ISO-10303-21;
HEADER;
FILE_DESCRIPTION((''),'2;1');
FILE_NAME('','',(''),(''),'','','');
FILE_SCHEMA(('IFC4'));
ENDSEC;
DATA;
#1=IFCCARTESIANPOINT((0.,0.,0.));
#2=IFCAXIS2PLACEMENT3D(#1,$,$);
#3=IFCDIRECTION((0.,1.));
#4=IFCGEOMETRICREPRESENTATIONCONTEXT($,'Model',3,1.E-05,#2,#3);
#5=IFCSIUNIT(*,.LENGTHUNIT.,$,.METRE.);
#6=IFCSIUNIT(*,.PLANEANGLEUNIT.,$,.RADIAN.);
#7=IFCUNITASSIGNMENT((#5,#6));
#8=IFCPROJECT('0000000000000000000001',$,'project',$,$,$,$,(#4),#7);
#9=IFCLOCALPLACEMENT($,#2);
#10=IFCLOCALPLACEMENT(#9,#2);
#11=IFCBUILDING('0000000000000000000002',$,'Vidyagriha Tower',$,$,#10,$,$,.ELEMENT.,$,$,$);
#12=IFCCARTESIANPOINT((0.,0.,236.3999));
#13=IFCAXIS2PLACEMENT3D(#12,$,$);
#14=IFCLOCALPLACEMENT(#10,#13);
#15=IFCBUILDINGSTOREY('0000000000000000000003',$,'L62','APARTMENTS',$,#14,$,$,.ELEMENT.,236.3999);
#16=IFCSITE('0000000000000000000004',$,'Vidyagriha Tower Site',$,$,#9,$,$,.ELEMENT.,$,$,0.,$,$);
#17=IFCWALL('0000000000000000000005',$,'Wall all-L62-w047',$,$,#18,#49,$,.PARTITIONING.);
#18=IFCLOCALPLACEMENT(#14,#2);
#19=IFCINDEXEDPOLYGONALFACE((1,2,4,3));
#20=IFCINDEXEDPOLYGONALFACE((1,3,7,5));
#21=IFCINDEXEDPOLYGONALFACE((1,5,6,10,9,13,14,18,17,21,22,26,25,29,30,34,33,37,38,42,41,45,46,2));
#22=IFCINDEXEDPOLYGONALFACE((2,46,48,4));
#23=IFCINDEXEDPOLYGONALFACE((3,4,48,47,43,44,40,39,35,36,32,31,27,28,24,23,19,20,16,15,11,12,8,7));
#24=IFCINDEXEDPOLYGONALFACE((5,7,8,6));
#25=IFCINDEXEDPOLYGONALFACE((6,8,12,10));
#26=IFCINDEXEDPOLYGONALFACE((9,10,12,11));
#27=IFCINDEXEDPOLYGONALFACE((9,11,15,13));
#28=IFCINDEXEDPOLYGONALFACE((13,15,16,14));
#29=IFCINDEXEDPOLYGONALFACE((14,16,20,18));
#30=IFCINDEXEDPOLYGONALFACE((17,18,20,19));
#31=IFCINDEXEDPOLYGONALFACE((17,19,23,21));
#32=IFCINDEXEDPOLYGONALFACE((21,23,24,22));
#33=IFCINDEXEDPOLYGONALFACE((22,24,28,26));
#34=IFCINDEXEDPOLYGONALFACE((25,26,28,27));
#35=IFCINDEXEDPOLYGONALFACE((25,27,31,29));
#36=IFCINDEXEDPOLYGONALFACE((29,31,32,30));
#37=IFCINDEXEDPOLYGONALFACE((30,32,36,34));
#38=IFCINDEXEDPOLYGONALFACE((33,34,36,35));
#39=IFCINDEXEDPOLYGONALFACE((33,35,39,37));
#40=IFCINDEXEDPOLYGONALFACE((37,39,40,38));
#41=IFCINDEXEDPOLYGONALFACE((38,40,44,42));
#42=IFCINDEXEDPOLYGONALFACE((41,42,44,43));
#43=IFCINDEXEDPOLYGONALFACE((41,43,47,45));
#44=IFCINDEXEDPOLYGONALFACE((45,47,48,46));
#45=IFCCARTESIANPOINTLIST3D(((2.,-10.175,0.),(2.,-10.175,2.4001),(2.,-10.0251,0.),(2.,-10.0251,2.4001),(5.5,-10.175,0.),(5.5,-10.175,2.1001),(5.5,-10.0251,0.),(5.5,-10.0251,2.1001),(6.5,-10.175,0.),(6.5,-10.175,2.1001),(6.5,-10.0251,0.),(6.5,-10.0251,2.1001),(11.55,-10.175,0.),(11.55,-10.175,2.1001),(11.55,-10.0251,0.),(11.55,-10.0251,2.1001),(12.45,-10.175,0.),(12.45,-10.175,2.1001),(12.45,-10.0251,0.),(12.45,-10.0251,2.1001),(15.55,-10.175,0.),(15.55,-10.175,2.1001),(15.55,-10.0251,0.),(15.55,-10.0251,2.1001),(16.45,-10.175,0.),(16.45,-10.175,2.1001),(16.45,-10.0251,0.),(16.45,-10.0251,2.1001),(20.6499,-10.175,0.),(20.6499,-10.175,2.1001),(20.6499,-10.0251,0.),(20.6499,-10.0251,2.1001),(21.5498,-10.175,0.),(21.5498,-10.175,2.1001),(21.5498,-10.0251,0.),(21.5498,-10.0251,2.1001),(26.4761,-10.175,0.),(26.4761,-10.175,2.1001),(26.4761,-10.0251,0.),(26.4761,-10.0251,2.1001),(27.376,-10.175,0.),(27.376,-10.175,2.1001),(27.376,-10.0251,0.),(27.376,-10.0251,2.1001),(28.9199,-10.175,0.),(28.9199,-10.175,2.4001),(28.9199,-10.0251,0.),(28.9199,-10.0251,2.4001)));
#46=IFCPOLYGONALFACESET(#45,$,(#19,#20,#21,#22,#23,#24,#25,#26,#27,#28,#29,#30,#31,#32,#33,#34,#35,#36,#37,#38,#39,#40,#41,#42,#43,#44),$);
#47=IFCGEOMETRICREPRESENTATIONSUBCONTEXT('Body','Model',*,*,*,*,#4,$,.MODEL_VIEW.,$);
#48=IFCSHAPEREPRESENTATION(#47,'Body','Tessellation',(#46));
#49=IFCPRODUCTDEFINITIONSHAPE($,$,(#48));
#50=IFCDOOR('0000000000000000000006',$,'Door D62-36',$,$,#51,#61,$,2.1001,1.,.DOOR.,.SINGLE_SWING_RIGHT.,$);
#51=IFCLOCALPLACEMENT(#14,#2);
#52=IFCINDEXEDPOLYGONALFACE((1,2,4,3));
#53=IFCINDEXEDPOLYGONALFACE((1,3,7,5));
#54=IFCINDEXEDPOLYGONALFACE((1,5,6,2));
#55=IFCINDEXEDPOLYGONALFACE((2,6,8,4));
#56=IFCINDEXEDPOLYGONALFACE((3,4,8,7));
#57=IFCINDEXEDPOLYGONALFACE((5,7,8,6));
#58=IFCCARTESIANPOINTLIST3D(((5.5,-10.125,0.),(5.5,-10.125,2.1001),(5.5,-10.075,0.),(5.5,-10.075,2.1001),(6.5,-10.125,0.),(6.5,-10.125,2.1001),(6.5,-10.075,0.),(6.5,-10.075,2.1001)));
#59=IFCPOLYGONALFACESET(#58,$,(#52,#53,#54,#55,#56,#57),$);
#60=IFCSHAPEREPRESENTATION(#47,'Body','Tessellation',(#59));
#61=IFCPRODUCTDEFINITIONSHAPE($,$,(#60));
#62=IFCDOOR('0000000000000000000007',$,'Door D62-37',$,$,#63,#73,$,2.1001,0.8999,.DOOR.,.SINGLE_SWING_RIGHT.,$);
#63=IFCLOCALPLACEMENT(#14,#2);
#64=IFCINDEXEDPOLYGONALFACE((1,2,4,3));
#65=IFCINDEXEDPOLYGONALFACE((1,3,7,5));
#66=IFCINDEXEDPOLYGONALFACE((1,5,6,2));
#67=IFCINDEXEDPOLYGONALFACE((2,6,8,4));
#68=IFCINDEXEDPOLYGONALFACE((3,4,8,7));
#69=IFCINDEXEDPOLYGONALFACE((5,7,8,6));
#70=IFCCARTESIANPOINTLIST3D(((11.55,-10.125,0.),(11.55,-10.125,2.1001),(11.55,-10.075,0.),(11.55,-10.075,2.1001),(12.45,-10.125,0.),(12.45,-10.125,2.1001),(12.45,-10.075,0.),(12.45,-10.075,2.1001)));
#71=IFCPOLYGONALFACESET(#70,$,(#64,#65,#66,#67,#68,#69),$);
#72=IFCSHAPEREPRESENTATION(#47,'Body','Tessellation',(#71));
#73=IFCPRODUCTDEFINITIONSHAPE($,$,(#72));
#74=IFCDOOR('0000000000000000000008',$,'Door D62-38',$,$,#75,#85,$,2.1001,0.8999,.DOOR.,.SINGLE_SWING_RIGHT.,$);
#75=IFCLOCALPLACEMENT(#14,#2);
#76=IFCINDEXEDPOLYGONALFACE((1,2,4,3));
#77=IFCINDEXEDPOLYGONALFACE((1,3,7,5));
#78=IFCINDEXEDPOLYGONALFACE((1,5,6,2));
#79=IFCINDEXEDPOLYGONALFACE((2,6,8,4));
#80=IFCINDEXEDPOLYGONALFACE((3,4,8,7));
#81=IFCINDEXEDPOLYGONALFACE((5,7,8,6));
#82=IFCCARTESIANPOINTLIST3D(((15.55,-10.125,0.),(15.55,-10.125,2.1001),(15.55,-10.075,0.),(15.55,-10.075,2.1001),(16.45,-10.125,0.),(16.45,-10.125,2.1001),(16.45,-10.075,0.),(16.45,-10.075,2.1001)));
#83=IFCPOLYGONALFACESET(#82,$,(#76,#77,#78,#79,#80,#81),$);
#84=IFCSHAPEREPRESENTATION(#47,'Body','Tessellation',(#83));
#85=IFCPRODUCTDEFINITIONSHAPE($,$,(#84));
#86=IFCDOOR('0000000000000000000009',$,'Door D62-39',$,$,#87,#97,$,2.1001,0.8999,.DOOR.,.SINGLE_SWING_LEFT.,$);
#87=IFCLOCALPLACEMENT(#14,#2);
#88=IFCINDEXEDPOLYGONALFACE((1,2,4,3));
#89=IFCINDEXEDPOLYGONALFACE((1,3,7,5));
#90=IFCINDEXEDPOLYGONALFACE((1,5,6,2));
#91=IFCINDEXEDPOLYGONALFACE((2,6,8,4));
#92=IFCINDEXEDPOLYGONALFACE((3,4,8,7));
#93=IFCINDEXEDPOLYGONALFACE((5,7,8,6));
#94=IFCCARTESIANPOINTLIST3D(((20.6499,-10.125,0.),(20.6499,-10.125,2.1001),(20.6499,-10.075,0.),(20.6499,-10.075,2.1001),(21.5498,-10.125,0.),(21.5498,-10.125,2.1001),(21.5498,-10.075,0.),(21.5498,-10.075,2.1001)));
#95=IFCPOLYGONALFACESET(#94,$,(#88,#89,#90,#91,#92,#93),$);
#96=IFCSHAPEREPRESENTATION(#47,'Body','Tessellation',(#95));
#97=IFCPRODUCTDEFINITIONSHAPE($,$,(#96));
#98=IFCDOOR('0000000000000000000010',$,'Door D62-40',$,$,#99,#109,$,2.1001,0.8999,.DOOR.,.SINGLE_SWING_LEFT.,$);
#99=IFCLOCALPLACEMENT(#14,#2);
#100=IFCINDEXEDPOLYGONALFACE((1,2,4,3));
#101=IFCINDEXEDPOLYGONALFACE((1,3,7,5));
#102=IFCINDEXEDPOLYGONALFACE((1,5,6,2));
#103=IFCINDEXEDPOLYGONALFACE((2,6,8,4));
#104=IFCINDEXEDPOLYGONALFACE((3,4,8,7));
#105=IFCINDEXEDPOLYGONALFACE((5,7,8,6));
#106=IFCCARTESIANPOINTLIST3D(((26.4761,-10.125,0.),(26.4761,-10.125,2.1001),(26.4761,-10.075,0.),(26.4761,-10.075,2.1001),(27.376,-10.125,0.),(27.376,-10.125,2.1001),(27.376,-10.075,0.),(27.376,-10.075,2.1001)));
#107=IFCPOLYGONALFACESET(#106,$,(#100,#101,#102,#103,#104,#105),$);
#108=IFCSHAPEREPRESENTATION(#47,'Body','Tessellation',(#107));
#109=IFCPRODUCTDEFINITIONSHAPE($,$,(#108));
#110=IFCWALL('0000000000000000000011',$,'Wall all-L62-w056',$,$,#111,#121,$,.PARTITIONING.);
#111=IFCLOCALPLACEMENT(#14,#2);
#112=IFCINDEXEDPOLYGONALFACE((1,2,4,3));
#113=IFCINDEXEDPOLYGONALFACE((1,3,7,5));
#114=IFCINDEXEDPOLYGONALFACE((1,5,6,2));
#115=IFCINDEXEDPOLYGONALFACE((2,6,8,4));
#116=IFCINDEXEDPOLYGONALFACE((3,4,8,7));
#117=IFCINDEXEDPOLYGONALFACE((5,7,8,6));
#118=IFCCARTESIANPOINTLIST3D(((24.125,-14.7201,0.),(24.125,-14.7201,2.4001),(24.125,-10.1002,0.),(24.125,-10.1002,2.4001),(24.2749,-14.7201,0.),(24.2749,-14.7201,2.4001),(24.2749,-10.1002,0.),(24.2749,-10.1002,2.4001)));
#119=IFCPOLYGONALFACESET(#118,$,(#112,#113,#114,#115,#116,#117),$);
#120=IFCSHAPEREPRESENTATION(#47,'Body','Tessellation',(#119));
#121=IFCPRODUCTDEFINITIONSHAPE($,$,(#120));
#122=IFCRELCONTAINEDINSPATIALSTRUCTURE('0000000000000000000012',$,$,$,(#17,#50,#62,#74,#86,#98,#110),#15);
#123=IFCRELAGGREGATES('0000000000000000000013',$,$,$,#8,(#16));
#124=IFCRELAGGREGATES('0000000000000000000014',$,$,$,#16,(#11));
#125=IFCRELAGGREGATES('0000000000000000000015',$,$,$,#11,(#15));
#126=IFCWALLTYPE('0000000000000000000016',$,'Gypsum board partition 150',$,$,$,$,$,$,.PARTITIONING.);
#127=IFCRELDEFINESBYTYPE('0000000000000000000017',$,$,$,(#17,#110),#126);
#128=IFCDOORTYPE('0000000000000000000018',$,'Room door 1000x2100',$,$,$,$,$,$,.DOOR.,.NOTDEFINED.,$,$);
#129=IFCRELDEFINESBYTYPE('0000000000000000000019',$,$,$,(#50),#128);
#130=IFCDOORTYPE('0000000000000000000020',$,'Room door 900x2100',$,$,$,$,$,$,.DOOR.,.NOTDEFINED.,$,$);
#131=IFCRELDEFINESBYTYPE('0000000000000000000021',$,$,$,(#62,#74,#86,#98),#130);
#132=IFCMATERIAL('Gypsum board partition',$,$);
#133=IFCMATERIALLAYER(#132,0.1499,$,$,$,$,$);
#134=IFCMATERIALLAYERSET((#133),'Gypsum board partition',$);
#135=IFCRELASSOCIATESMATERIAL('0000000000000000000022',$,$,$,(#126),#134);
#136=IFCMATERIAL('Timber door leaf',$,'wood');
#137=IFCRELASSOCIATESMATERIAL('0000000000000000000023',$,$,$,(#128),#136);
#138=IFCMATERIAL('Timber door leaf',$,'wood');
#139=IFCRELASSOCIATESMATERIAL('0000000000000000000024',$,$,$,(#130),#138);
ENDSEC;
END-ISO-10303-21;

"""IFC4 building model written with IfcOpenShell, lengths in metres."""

from ifc_helpers import new_model, si_unit, direction, frame, frame_2d, origin, place, context, subcontext, project, spatial, rectangle, extrude, material, layer, layer_set, type_object, element, fill, save


model = new_model("IFC4")

# Units and contexts
model_context = context("Model", 3, precision=1e-05, world=origin(), true_north=direction((0.0, 1.0)))
body_context = subcontext(model_context, "Body", "Model", "MODEL_VIEW")
ifc_project = project(units=[si_unit("LENGTHUNIT", "METRE"), si_unit("PLANEANGLEUNIT", "RADIAN")], contexts=[model_context])

# Site, building, storey
site_placement = place(None, origin())
site = spatial("IfcSite", under=ifc_project, at=site_placement, Name="Vidyagriha Tower Site", CompositionType="ELEMENT", RefElevation=0.0)
building_placement = place(site_placement, origin())
building = spatial("IfcBuilding", under=site, at=building_placement, Name="Vidyagriha Tower", CompositionType="ELEMENT")
storey_placement = place(building_placement, frame((0.0, 0.0, 236.3999)))
storey = spatial("IfcBuildingStorey", under=building, at=storey_placement, Name="L62", Description="APARTMENTS", CompositionType="ELEMENT", Elevation=236.3999)

# Wall, openings, doors
ifc_material_1 = material(Name="Gypsum board partition")
ifc_layer_1 = layer(ifc_material_1, 0.1499)
ifc_layer_set_1 = layer_set([ifc_layer_1], Name="Gypsum board partition")
wall_type_1 = type_object("IfcWallType", Name="Gypsum board partition 150", PredefinedType="PARTITIONING", material=ifc_layer_set_1)
wall_1_placement = place(storey_placement, frame((28.9199, -10.1001, 0.0), z_axis=(0.0, 0.0, 1.0), x_axis=(-1.0, 0.0, 0.0)))
wall_1 = element("IfcWall", 1, at=wall_1_placement, inside=storey, type_object=wall_type_1, Name="Wall all-L62-w047", PredefinedType="PARTITIONING", context=body_context, shape_type="SweptSolid", body=[
    extrude(rectangle(XDim=26.9199, YDim=0.1499, at=frame_2d((13.46, 0.0))), origin(), (0.0, 0.0, 1.0), 2.4001),
])
opening_1_placement = place(wall_1_placement, frame((22.4199, 0.0, 0.0)))
opening_1 = element("IfcOpeningElement", 2, at=opening_1_placement, cuts=wall_1, PredefinedType="OPENING", context=body_context, shape_type="SweptSolid", body=[
    extrude(rectangle(XDim=1.0, YDim=2.1001, at=frame_2d((0.5, 1.05))), frame((0.0, 0.085, 0.0), z_axis=(0.0, -1.0, 0.0), x_axis=(1.0, 0.0, 0.0)), (0.0, 0.0, 1.0), 0.1699),
])
opening_2_placement = place(wall_1_placement, frame((16.47, 0.0, 0.0)))
opening_2 = element("IfcOpeningElement", 3, at=opening_2_placement, cuts=wall_1, PredefinedType="OPENING", context=body_context, shape_type="SweptSolid", body=[
    extrude(rectangle(XDim=0.8999, YDim=2.1001, at=frame_2d((0.45, 1.05))), frame((0.0, 0.085, 0.0), z_axis=(0.0, -1.0, 0.0), x_axis=(1.0, 0.0, 0.0)), (0.0, 0.0, 1.0), 0.1699),
])
opening_3_placement = place(wall_1_placement, frame((12.47, 0.0, 0.0)))
opening_3 = element("IfcOpeningElement", 4, at=opening_3_placement, cuts=wall_1, PredefinedType="OPENING", context=body_context, shape_type="SweptSolid", body=[
    extrude(rectangle(XDim=0.8999, YDim=2.1001, at=frame_2d((0.45, 1.05))), frame((0.0, 0.085, 0.0), z_axis=(0.0, -1.0, 0.0), x_axis=(1.0, 0.0, 0.0)), (0.0, 0.0, 1.0), 0.1699),
])
opening_4_placement = place(wall_1_placement, frame((7.3701, 0.0, 0.0)))
opening_4 = element("IfcOpeningElement", 5, at=opening_4_placement, cuts=wall_1, PredefinedType="OPENING", context=body_context, shape_type="SweptSolid", body=[
    extrude(rectangle(XDim=0.8999, YDim=2.1001, at=frame_2d((0.45, 1.05))), frame((0.0, 0.085, 0.0), z_axis=(0.0, -1.0, 0.0), x_axis=(1.0, 0.0, 0.0)), (0.0, 0.0, 1.0), 0.1699),
])
opening_5_placement = place(wall_1_placement, frame((1.5439, 0.0, 0.0)))
opening_5 = element("IfcOpeningElement", 6, at=opening_5_placement, cuts=wall_1, PredefinedType="OPENING", context=body_context, shape_type="SweptSolid", body=[
    extrude(rectangle(XDim=0.8999, YDim=2.1001, at=frame_2d((0.45, 1.05))), frame((0.0, 0.085, 0.0), z_axis=(0.0, -1.0, 0.0), x_axis=(1.0, 0.0, 0.0)), (0.0, 0.0, 1.0), 0.1699),
])
ifc_material_2 = material(Name="Timber door leaf", Category="wood")
door_type_1 = type_object("IfcDoorType", Name="Room door 1000x2100", OperationType="NOTDEFINED", PredefinedType="DOOR", material=ifc_material_2)
door_1_placement = place(opening_1_placement, origin())
door_1 = element("IfcDoor", 7, at=door_1_placement, inside=storey, type_object=door_type_1, Name="Door D62-36", OperationType="SINGLE_SWING_RIGHT", OverallHeight=2.1001, OverallWidth=1.0, PredefinedType="DOOR", context=body_context, shape_type="SweptSolid", body=[
    extrude(rectangle(XDim=1.0, YDim=2.1001, at=frame_2d((0.5, 1.05))), frame((0.0, 0.0249, 0.0), z_axis=(0.0, -1.0, 0.0), x_axis=(1.0, 0.0, 0.0)), (0.0, 0.0, 1.0), 0.05),
])
fill(opening_1, door_1)
ifc_material_3 = material(Name="Timber door leaf", Category="wood")
door_type_2 = type_object("IfcDoorType", Name="Room door 900x2100", OperationType="NOTDEFINED", PredefinedType="DOOR", material=ifc_material_3)
door_2_placement = place(opening_2_placement, origin())
door_2 = element("IfcDoor", 8, at=door_2_placement, inside=storey, type_object=door_type_2, Name="Door D62-37", OperationType="SINGLE_SWING_RIGHT", OverallHeight=2.1001, OverallWidth=0.8999, PredefinedType="DOOR", context=body_context, shape_type="SweptSolid", body=[
    extrude(rectangle(XDim=0.8999, YDim=2.1001, at=frame_2d((0.45, 1.05))), frame((0.0, 0.0249, 0.0), z_axis=(0.0, -1.0, 0.0), x_axis=(1.0, 0.0, 0.0)), (0.0, 0.0, 1.0), 0.05),
])
fill(opening_2, door_2)
door_3_placement = place(opening_3_placement, origin())
door_3 = element("IfcDoor", 9, at=door_3_placement, inside=storey, type_object=door_type_2, Name="Door D62-38", OperationType="SINGLE_SWING_RIGHT", OverallHeight=2.1001, OverallWidth=0.8999, PredefinedType="DOOR", context=body_context, shape_type="SweptSolid", body=[
    extrude(rectangle(XDim=0.8999, YDim=2.1001, at=frame_2d((0.45, 1.05))), frame((0.0, 0.0249, 0.0), z_axis=(0.0, -1.0, 0.0), x_axis=(1.0, 0.0, 0.0)), (0.0, 0.0, 1.0), 0.05),
])
fill(opening_3, door_3)
door_4_placement = place(opening_4_placement, origin())
door_4 = element("IfcDoor", 10, at=door_4_placement, inside=storey, type_object=door_type_2, Name="Door D62-39", OperationType="SINGLE_SWING_LEFT", OverallHeight=2.1001, OverallWidth=0.8999, PredefinedType="DOOR", context=body_context, shape_type="SweptSolid", body=[
    extrude(rectangle(XDim=0.8999, YDim=2.1001, at=frame_2d((0.45, 1.05))), frame((0.0, 0.0249, 0.0), z_axis=(0.0, -1.0, 0.0), x_axis=(1.0, 0.0, 0.0)), (0.0, 0.0, 1.0), 0.05),
])
fill(opening_4, door_4)
door_5_placement = place(opening_5_placement, origin())
door_5 = element("IfcDoor", 11, at=door_5_placement, inside=storey, type_object=door_type_2, Name="Door D62-40", OperationType="SINGLE_SWING_LEFT", OverallHeight=2.1001, OverallWidth=0.8999, PredefinedType="DOOR", context=body_context, shape_type="SweptSolid", body=[
    extrude(rectangle(XDim=0.8999, YDim=2.1001, at=frame_2d((0.45, 1.05))), frame((0.0, 0.0249, 0.0), z_axis=(0.0, -1.0, 0.0), x_axis=(1.0, 0.0, 0.0)), (0.0, 0.0, 1.0), 0.05),
])
fill(opening_5, door_5)

# Wall
wall_2_placement = place(storey_placement, frame((24.2, -10.1001, 0.0), z_axis=(0.0, 0.0, 1.0), x_axis=(0.0, -1.0, 0.0)))
element("IfcWall", 12, at=wall_2_placement, inside=storey, type_object=wall_type_1, Name="Wall all-L62-w056", PredefinedType="PARTITIONING", context=body_context, shape_type="SweptSolid", body=[
    extrude(rectangle(XDim=4.6199, YDim=0.1499, at=frame_2d((2.3101, 0.0))), origin(), (0.0, 0.0, 1.0), 2.4001),
])

save(model, "model.ifc")
